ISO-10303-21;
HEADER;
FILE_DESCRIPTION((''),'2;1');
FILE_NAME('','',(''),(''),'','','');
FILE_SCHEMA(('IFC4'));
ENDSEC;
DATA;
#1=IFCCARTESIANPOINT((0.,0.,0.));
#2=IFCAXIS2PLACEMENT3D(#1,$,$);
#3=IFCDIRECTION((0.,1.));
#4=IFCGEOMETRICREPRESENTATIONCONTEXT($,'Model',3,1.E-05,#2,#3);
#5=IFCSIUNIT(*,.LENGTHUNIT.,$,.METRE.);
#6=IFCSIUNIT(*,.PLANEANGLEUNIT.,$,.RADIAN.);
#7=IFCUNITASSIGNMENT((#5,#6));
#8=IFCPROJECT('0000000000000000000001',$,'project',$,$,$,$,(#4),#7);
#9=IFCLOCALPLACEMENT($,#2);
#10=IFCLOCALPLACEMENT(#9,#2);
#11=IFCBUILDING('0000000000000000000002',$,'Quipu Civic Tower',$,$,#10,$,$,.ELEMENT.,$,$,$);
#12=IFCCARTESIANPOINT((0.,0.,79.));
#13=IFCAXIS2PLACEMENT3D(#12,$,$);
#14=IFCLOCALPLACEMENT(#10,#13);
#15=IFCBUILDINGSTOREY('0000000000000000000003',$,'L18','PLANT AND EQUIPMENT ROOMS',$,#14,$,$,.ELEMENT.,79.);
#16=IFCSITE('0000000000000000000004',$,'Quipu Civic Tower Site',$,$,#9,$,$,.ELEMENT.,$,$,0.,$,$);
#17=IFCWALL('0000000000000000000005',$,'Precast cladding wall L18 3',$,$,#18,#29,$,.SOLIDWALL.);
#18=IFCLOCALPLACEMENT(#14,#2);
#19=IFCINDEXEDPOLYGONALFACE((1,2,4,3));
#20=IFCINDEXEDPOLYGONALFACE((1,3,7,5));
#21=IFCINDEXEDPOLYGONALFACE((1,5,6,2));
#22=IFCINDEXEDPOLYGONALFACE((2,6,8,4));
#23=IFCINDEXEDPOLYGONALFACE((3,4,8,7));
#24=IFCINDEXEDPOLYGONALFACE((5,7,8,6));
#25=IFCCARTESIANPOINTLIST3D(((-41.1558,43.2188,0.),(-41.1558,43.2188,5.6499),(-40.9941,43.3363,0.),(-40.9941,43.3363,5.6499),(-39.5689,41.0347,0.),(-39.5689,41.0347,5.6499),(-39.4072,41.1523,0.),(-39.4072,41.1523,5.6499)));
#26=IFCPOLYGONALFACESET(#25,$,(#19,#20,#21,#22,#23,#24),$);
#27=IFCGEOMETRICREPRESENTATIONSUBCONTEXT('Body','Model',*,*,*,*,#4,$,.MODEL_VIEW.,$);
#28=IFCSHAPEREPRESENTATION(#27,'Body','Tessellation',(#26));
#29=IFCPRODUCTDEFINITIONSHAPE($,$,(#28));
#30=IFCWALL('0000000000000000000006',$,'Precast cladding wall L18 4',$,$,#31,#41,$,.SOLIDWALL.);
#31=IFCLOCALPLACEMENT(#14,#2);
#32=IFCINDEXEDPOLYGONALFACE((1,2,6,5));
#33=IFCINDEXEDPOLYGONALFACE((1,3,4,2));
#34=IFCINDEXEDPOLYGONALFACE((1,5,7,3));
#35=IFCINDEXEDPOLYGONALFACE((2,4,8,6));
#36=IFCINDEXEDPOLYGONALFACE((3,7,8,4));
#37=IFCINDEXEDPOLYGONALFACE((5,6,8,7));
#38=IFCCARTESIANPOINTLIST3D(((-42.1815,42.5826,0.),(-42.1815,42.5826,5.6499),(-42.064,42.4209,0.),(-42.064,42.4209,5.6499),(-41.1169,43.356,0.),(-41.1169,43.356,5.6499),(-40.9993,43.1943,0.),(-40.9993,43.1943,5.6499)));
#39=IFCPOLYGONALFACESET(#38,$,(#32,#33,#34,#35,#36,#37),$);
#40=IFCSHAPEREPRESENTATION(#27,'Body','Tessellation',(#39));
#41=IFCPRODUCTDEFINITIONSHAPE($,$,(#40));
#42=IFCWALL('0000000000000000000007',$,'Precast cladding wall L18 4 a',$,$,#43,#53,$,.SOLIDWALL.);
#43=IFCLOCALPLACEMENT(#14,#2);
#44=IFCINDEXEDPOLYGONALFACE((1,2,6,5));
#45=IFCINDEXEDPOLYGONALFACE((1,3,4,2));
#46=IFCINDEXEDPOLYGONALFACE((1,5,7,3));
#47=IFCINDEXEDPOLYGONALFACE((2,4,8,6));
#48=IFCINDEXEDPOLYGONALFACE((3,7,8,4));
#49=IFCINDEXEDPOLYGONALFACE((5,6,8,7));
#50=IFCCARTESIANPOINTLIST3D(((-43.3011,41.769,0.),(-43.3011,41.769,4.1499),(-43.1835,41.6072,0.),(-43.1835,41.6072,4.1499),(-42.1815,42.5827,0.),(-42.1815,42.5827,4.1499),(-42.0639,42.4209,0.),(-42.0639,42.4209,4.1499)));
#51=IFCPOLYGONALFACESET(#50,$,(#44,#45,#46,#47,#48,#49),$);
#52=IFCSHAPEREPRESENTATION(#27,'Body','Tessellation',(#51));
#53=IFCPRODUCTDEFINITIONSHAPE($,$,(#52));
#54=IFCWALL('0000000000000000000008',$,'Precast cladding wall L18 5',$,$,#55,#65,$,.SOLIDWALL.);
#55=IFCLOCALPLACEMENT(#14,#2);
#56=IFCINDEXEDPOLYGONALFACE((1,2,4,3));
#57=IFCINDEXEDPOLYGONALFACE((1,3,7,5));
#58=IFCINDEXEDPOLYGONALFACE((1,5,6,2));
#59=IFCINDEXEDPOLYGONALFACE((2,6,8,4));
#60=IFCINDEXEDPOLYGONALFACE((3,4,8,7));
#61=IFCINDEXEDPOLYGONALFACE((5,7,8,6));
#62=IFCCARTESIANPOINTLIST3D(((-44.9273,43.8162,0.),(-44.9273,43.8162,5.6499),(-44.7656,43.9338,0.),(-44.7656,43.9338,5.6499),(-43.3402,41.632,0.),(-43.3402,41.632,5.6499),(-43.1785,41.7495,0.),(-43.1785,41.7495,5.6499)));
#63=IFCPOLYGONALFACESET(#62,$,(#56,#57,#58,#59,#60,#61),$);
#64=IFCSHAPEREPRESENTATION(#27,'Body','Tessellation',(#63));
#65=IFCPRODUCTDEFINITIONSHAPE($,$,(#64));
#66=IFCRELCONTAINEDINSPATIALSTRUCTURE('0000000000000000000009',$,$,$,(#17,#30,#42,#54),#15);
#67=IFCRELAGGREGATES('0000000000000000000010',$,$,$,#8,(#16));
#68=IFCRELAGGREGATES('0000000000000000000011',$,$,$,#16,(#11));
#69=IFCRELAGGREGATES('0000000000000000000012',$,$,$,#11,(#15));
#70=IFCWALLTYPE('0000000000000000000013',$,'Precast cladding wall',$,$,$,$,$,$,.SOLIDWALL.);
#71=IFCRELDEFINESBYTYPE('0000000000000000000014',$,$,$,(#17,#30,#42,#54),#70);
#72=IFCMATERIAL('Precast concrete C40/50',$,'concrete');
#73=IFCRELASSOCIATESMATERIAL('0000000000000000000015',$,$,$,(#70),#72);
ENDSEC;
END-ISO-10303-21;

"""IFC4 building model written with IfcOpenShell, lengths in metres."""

from ifc_helpers import new_model, si_unit, direction, frame, frame_2d, origin, place, context, subcontext, project, spatial, rectangle, extrude, material, type_object, element, save


model = new_model("IFC4")

# Units and contexts
model_context = context("Model", 3, precision=1e-05, world=origin(), true_north=direction((0.0, 1.0)))
body_context = subcontext(model_context, "Body", "Model", "MODEL_VIEW")
ifc_project = project(units=[si_unit("LENGTHUNIT", "METRE"), si_unit("PLANEANGLEUNIT", "RADIAN")], contexts=[model_context])

# Site, building, storey
site_placement = place(None, origin())
site = spatial("IfcSite", under=ifc_project, at=site_placement, Name="Quipu Civic Tower Site", CompositionType="ELEMENT", RefElevation=0.0)
building_placement = place(site_placement, origin())
building = spatial("IfcBuilding", under=site, at=building_placement, Name="Quipu Civic Tower", CompositionType="ELEMENT")
storey_placement = place(building_placement, frame((0.0, 0.0, 79.0)))
storey = spatial("IfcBuildingStorey", under=building, at=storey_placement, Name="L18", Description="PLANT AND EQUIPMENT ROOMS", CompositionType="ELEMENT", Elevation=79.0)

# Walls
ifc_material_1 = material(Name="Precast concrete C40/50", Category="concrete")
wall_type = type_object("IfcWallType", Name="Precast cladding wall", PredefinedType="SOLIDWALL", material=ifc_material_1)
wall_1_placement = place(storey_placement, frame((-39.488, 41.0935, 0.0), z_axis=(0.0, 0.0, 1.0), x_axis=(-0.587806, 0.809002, 0.0)))
element("IfcWall", 1, at=wall_1_placement, inside=storey, type_object=wall_type, Name="Precast cladding wall L18 3", PredefinedType="SOLIDWALL", context=body_context, shape_type="SweptSolid", body=[
    extrude(rectangle(XDim=2.6997, YDim=0.2, at=frame_2d((1.3499, 0.0))), origin(), (0.0, 0.0, 1.0), 5.6499),
])
wall_2_placement = place(storey_placement, frame((-41.0581, 43.2751, 0.0), z_axis=(0.0, 0.0, 1.0), x_axis=(-0.809057, -0.58773, 0.0)))
element("IfcWall", 2, at=wall_2_placement, inside=storey, type_object=wall_type, Name="Precast cladding wall L18 4", PredefinedType="SOLIDWALL", context=body_context, shape_type="SweptSolid", body=[
    extrude(rectangle(XDim=1.3159, YDim=0.2, at=frame_2d((0.658, 0.0))), origin(), (0.0, 0.0, 1.0), 5.6499),
])
wall_3_placement = place(storey_placement, frame((-42.1228, 42.5017, 0.0), z_axis=(0.0, 0.0, 1.0), x_axis=(-0.808927, -0.587909, 0.0)))
element("IfcWall", 3, at=wall_3_placement, inside=storey, type_object=wall_type, Name="Precast cladding wall L18 4 a", PredefinedType="SOLIDWALL", context=body_context, shape_type="SweptSolid", body=[
    extrude(rectangle(XDim=1.384, YDim=0.2, at=frame_2d((0.6919, 0.0))), origin(), (0.0, 0.0, 1.0), 4.1499),
])
wall_4_placement = place(storey_placement, frame((-43.2593, 41.6907, 0.0), z_axis=(0.0, 0.0, 1.0), x_axis=(-0.587822, 0.80899, 0.0)))
element("IfcWall", 4, at=wall_4_placement, inside=storey, type_object=wall_type, Name="Precast cladding wall L18 5", PredefinedType="SOLIDWALL", context=body_context, shape_type="SweptSolid", body=[
    extrude(rectangle(XDim=2.7, YDim=0.2, at=frame_2d((1.3501, 0.0))), origin(), (0.0, 0.0, 1.0), 5.6499),
])

save(model, "model.ifc")
